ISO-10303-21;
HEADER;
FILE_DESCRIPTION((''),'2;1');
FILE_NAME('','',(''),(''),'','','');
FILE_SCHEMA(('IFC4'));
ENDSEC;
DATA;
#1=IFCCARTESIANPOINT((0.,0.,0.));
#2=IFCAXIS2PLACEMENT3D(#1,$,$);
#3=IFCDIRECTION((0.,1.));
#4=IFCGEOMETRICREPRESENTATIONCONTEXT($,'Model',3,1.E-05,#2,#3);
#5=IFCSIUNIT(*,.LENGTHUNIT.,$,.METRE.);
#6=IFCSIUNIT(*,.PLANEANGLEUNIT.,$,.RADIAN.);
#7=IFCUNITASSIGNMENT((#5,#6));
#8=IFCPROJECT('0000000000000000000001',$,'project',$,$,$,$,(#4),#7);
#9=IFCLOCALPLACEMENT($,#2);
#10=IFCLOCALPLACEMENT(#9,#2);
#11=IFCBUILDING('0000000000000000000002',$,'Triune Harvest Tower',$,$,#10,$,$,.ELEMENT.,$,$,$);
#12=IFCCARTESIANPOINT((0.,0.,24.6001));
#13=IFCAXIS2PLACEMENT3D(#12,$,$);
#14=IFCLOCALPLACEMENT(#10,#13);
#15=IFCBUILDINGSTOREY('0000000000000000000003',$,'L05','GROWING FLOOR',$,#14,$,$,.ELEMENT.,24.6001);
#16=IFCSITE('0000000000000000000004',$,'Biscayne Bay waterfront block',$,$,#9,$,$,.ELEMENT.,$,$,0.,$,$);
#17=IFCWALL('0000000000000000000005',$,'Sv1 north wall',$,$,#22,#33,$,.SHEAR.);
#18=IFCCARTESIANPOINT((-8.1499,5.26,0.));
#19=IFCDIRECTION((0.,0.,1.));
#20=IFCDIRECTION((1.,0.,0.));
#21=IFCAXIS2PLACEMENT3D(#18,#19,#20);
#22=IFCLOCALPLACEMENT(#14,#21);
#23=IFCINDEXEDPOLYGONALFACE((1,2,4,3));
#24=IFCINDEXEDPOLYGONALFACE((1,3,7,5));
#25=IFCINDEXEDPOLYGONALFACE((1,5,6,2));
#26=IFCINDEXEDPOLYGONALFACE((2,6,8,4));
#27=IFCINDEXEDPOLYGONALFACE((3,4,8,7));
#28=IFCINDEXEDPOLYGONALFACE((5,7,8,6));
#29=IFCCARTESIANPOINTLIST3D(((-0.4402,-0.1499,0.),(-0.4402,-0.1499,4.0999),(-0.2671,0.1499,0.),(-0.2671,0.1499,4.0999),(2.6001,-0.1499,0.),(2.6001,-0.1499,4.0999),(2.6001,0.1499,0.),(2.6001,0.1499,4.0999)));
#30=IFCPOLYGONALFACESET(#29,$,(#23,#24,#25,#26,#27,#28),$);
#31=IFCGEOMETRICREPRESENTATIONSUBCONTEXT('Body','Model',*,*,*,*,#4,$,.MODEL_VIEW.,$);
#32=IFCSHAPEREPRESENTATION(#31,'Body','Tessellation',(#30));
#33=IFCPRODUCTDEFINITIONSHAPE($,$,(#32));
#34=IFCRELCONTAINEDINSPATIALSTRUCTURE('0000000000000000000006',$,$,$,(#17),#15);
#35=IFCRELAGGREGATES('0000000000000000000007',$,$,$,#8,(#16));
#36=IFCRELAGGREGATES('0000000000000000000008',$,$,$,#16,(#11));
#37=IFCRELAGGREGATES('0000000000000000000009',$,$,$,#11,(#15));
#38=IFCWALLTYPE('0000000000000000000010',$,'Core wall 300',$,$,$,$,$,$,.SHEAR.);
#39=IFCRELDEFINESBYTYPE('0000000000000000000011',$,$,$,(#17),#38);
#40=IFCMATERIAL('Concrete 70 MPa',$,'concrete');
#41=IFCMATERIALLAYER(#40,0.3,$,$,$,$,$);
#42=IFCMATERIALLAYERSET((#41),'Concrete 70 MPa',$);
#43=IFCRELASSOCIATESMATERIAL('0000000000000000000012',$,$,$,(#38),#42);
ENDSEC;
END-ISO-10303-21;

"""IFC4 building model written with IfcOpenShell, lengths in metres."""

from ifc_helpers import new_model, si_unit, direction, frame, origin, place, context, subcontext, project, spatial, polyline, outline, extrude, source, transform, mapped, material, layer, layer_set, type_object, element, save


model = new_model("IFC4")

# Units and contexts
model_context = context("Model", 3, precision=1e-05, world=origin(), true_north=direction((0.0, 1.0)))
body_context = subcontext(model_context, "Body", "Model", "MODEL_VIEW")
ifc_project = project(units=[si_unit("LENGTHUNIT", "METRE"), si_unit("PLANEANGLEUNIT", "RADIAN")], contexts=[model_context])

# Site, building, storey
site_placement = place(None, origin())
site = spatial("IfcSite", under=ifc_project, at=site_placement, Name="Biscayne Bay waterfront block", CompositionType="ELEMENT", RefElevation=0.0)
building_placement = place(site_placement, origin())
building = spatial("IfcBuilding", under=site, at=building_placement, Name="Triune Harvest Tower", CompositionType="ELEMENT")
storey_placement = place(building_placement, frame((0.0, 0.0, 24.6001)))
storey = spatial("IfcBuildingStorey", under=building, at=storey_placement, Name="L05", Description="GROWING FLOOR", CompositionType="ELEMENT", Elevation=24.6001)

# Shared definitions
ifc_material_1 = material(Name="Concrete 70 MPa", Category="concrete")
ifc_layer_1 = layer(ifc_material_1, 0.3)
ifc_layer_set_1 = layer_set([ifc_layer_1], Name="Concrete 70 MPa")
wall_type_1 = type_object("IfcWallType", Name="Core wall 300", PredefinedType="SHEAR", material=ifc_layer_set_1)

# Wall
shared_shape_1 = source(origin(), body_context, "Body", "SweptSolid", [
    extrude(outline(polyline([(2.6001, -0.1499), (-0.4402, -0.1499), (-0.2671, 0.1499), (2.6001, 0.1499), (2.6001, -0.1499)])), origin(), (0.0, 0.0, 1.0), 4.0999),
])
wall_1_placement = place(storey_placement, frame((-8.1499, 5.26, 0.0), z_axis=(0.0, 0.0, 1.0), x_axis=(1.0, 0.0, 0.0)))
element("IfcWall", 1, at=wall_1_placement, inside=storey, type_object=wall_type_1, Name="Sv1 north wall", PredefinedType="SHEAR", context=body_context, shape_type="MappedRepresentation", body=[
    mapped(shared_shape_1, transform((0.0, 0.0, 0.0), scale=1.0)),
])

save(model, "model.ifc")
